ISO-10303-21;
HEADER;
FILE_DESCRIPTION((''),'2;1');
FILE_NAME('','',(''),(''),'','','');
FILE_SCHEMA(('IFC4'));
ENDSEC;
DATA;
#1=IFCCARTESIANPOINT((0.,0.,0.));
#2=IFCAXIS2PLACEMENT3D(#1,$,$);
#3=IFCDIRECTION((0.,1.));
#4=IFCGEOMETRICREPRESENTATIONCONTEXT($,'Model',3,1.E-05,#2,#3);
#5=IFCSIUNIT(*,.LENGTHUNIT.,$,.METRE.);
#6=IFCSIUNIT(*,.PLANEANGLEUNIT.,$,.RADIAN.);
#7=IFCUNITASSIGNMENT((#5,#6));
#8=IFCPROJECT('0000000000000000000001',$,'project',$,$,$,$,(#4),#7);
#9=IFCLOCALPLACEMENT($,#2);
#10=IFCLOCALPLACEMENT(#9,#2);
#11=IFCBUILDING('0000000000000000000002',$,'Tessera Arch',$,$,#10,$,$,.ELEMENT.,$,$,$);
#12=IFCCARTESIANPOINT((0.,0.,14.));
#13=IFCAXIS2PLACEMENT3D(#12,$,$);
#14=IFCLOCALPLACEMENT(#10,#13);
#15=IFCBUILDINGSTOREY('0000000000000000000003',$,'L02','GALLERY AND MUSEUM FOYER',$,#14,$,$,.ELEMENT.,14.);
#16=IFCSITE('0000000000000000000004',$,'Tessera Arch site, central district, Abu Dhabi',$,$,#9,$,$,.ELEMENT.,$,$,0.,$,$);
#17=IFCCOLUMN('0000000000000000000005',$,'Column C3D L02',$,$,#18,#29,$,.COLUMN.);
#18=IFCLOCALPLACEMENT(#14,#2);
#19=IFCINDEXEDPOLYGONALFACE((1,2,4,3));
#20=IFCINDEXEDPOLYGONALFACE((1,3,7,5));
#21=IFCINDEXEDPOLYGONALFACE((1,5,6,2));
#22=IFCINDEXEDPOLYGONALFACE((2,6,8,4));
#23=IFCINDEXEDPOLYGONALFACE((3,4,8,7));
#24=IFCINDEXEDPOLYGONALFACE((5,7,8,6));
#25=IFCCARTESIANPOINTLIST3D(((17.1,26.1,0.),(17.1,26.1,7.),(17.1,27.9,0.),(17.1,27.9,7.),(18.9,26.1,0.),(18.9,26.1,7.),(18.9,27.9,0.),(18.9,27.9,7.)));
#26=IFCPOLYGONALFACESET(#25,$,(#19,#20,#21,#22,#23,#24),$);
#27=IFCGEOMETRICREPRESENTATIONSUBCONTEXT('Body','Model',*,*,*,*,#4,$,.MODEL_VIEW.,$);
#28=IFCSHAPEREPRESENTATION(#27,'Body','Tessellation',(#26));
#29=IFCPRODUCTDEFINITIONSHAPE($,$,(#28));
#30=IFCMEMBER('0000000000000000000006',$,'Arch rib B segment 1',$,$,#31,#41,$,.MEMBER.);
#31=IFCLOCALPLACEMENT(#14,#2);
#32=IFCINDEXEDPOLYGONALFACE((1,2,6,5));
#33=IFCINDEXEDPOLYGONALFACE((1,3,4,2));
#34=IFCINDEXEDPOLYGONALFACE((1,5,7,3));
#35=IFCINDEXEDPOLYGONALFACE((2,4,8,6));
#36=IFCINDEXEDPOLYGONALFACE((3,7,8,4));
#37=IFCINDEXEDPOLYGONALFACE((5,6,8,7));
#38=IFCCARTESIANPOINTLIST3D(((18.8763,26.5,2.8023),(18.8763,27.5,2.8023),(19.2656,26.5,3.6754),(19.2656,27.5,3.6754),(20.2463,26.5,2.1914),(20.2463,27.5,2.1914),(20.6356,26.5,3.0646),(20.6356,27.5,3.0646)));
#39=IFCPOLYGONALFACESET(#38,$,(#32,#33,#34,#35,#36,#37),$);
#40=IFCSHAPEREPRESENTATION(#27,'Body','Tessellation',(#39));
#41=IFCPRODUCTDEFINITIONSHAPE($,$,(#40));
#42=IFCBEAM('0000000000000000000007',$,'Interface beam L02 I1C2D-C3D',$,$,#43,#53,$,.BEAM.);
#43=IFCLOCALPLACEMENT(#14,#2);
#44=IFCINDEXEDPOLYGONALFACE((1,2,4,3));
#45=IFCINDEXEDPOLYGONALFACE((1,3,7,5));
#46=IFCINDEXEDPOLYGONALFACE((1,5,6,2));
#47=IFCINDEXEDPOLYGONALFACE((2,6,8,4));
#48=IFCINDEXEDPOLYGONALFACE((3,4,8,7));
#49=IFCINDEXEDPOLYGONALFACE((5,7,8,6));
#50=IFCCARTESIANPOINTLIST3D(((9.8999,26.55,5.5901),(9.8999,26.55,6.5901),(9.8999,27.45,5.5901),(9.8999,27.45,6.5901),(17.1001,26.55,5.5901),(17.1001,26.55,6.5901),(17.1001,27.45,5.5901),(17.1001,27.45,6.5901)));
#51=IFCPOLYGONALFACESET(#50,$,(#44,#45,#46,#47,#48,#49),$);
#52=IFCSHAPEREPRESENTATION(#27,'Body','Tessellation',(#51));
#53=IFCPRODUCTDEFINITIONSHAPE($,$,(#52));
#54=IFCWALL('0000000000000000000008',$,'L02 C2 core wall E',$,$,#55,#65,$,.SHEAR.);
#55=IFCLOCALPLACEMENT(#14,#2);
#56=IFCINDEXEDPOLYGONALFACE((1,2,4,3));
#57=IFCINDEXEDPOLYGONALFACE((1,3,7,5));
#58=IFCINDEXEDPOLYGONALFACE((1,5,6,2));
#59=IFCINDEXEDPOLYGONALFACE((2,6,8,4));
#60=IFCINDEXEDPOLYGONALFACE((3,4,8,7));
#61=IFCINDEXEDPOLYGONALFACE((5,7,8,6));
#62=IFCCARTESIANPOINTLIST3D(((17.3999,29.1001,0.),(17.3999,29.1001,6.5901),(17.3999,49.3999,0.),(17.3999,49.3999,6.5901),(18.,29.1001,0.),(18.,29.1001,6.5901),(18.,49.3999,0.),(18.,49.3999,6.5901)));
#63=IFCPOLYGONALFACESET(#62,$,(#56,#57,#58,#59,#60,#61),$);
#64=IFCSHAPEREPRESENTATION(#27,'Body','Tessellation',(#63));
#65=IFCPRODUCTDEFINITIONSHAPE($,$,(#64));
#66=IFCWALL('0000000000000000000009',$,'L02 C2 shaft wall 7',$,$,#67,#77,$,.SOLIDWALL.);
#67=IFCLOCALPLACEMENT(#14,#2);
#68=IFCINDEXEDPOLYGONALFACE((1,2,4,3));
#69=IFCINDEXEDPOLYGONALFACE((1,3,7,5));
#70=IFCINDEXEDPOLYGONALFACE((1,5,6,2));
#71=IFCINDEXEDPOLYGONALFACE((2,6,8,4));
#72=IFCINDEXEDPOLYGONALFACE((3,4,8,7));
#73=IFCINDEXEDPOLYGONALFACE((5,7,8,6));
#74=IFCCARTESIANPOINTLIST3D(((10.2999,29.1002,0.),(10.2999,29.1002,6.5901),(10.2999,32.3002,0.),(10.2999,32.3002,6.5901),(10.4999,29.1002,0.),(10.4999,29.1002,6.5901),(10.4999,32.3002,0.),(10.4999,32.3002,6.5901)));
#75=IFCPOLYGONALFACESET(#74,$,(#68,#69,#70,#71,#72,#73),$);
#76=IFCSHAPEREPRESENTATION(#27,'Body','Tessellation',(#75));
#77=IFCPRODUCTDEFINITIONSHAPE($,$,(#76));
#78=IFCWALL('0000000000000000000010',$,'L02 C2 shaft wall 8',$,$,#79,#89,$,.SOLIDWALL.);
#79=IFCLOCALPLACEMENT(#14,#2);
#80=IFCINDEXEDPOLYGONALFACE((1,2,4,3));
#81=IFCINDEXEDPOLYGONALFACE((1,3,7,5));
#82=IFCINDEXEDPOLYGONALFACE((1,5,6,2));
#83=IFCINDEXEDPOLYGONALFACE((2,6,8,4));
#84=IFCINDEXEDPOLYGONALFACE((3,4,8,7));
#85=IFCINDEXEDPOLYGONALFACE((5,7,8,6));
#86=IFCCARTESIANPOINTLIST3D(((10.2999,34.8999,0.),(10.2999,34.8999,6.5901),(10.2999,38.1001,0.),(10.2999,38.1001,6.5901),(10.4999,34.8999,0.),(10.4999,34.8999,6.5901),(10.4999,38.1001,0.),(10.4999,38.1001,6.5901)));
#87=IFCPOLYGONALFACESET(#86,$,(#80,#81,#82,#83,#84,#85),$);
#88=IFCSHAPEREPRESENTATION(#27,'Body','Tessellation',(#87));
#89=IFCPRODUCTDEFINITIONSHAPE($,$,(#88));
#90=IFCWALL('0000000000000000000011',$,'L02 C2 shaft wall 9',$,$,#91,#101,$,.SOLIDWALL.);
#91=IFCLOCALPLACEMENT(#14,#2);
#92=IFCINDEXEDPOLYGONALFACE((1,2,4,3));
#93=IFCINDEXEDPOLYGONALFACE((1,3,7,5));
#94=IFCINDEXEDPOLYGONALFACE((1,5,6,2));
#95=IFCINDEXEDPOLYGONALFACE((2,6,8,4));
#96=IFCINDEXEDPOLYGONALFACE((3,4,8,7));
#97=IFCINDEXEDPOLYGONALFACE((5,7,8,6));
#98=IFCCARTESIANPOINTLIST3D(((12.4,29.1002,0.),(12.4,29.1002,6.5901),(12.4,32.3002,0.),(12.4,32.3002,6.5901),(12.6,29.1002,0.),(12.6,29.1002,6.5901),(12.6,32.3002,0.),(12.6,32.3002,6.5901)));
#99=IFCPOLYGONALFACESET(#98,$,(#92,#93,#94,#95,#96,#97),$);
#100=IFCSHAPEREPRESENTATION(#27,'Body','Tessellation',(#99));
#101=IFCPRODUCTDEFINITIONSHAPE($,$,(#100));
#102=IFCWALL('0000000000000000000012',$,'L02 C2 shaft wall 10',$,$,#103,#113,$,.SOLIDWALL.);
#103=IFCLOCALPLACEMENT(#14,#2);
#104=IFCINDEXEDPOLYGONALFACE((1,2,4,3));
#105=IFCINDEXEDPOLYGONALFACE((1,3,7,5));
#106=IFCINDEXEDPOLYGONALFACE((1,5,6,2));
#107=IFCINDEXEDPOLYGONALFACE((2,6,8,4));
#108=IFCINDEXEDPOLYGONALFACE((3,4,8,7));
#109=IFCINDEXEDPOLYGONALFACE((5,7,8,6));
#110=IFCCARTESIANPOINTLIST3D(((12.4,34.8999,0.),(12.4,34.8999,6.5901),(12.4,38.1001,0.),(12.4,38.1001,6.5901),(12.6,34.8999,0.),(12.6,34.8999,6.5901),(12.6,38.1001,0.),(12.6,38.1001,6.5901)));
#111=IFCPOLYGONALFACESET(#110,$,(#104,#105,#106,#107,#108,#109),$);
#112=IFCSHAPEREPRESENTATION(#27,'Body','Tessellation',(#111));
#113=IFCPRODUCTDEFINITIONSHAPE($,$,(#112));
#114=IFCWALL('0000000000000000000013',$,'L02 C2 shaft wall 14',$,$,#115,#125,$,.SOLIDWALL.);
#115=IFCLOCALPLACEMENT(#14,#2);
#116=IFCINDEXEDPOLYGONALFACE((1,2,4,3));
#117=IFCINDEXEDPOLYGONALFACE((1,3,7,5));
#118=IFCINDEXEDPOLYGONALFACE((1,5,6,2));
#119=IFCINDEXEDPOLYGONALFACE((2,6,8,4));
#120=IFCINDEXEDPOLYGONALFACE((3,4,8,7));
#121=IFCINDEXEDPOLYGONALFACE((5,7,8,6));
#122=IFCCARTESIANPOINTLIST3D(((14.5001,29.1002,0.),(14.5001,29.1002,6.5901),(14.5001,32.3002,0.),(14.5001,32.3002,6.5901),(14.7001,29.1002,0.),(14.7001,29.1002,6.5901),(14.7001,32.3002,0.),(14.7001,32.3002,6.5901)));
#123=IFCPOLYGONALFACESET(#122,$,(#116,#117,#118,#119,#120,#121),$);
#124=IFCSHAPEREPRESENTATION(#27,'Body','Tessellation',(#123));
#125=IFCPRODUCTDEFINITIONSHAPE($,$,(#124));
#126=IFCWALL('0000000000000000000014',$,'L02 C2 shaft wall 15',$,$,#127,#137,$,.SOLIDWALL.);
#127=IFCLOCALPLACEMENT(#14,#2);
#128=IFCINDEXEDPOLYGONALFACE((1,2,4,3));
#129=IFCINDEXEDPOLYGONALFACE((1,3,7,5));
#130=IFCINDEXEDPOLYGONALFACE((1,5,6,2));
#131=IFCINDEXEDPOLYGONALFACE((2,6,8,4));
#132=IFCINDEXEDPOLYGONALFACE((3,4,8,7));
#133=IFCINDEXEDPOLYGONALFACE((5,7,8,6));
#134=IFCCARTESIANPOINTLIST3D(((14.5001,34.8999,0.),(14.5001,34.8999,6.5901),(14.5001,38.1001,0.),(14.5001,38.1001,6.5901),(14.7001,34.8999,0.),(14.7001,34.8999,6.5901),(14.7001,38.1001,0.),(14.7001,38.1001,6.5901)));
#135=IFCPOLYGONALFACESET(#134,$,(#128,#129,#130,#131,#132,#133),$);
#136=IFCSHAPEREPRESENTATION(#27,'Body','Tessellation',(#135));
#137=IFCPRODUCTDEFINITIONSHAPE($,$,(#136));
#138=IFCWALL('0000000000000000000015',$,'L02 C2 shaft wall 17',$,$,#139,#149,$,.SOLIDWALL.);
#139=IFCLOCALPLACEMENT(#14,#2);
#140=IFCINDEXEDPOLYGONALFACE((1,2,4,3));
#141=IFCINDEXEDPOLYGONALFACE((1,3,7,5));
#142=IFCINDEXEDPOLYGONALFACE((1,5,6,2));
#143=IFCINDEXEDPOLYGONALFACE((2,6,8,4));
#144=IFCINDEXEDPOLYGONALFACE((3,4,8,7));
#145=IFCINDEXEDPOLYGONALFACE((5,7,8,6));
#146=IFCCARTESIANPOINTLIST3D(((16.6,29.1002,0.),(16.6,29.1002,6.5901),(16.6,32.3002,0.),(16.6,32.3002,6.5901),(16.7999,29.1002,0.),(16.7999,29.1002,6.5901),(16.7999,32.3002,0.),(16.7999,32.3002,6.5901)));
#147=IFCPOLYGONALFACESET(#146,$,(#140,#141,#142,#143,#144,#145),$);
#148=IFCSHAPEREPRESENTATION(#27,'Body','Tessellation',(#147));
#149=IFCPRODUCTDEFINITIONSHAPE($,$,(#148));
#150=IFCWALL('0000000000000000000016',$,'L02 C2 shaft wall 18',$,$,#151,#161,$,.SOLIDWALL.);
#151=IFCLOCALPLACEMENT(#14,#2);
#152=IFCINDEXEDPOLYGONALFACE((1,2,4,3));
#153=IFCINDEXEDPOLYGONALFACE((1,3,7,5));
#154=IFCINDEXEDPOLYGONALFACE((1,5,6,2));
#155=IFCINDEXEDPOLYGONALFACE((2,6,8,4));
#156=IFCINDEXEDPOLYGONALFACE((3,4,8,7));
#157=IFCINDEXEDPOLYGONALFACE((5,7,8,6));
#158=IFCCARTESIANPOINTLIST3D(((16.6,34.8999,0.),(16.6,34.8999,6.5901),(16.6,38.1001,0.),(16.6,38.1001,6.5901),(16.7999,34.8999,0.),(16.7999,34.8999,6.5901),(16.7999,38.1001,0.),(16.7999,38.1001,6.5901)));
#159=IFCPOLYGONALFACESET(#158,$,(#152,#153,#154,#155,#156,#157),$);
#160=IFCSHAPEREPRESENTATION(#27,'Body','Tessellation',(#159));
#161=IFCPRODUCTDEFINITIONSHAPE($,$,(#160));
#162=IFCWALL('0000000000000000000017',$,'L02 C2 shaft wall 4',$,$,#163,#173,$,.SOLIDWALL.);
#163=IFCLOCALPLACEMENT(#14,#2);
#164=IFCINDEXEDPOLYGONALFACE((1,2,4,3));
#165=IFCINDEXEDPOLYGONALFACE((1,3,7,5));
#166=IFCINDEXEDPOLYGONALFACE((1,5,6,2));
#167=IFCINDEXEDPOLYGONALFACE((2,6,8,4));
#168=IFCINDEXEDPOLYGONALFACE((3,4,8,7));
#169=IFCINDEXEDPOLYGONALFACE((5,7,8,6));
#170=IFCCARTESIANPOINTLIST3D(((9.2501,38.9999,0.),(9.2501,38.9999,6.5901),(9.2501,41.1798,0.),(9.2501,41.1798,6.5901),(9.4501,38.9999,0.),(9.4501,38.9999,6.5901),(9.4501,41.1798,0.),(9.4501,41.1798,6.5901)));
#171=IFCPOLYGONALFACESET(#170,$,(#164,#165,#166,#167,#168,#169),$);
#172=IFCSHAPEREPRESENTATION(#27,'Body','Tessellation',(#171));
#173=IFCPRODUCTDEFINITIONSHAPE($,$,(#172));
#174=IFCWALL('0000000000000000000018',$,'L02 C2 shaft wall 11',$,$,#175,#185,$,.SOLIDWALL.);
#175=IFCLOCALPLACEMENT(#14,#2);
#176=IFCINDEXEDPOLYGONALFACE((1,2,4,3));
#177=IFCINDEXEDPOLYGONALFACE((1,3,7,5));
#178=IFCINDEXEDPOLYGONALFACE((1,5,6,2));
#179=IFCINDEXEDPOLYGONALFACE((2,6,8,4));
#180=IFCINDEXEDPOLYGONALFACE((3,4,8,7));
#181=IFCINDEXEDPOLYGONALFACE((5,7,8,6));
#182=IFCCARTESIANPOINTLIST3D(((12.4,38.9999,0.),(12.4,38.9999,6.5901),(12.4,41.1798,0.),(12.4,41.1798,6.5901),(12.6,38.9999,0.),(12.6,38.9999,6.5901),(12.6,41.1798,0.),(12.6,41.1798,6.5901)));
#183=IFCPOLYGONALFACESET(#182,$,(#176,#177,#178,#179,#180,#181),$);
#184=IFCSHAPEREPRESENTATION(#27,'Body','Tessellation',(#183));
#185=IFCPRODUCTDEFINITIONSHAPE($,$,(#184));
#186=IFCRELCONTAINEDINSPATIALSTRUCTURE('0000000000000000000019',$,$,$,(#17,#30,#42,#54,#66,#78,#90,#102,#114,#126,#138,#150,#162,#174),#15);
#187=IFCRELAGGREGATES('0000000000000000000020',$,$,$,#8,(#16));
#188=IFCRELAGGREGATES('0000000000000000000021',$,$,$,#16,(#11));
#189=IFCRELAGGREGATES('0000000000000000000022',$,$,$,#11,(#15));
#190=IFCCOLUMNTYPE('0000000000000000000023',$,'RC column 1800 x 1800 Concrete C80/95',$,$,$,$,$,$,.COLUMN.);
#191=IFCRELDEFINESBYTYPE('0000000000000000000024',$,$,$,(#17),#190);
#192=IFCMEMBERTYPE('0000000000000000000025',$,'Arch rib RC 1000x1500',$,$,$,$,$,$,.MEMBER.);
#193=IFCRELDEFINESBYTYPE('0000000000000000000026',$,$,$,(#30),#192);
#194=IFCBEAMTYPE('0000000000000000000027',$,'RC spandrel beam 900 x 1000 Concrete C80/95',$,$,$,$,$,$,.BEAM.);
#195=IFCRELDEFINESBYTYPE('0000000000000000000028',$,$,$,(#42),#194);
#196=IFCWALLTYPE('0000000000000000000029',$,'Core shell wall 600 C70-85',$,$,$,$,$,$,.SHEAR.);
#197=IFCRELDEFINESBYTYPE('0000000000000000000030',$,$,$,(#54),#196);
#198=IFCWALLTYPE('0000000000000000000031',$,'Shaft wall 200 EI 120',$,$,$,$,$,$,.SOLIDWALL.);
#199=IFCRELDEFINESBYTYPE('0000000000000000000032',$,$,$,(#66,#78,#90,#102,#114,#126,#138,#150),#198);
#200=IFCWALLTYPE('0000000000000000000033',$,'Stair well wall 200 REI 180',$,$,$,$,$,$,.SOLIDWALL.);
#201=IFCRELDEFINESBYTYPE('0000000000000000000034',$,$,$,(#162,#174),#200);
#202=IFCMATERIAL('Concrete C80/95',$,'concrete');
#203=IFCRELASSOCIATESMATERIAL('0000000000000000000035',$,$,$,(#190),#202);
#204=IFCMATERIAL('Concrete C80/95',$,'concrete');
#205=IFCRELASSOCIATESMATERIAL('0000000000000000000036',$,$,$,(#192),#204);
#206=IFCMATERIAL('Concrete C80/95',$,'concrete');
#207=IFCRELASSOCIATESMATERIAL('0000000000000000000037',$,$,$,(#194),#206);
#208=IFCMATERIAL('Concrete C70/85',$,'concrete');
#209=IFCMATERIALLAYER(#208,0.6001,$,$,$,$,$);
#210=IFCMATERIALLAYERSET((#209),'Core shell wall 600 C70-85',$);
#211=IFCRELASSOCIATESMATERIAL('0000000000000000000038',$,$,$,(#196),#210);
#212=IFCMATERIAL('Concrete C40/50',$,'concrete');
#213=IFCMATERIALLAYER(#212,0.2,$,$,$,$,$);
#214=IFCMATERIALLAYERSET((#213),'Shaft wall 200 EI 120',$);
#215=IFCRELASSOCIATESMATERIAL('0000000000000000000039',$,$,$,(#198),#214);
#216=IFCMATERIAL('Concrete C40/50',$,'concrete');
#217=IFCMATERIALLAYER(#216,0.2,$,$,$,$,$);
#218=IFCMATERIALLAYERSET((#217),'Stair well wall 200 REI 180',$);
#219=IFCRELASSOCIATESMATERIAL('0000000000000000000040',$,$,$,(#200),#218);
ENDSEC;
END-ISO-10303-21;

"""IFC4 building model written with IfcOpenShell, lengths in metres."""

from ifc_helpers import new_model, si_unit, direction, frame, frame_2d, origin, origin_2d, place, context, subcontext, project, spatial, rectangle, extrude, material, layer, layer_set, material_profile, profile_set, type_object, element, save


model = new_model("IFC4")

# Units and contexts
model_context = context("Model", 3, precision=1e-05, world=origin(), true_north=direction((0.0, 1.0)))
body_context = subcontext(model_context, "Body", "Model", "MODEL_VIEW")
ifc_project = project(units=[si_unit("LENGTHUNIT", "METRE"), si_unit("PLANEANGLEUNIT", "RADIAN")], contexts=[model_context])

# Site, building, storey
site_placement = place(None, origin())
site = spatial("IfcSite", under=ifc_project, at=site_placement, Name="Tessera Arch site, central district, Abu Dhabi", CompositionType="ELEMENT", RefElevation=0.0)
building_placement = place(site_placement, origin())
building = spatial("IfcBuilding", under=site, at=building_placement, Name="Tessera Arch", CompositionType="ELEMENT")
storey_placement = place(building_placement, frame((0.0, 0.0, 14.0)))
storey = spatial("IfcBuildingStorey", under=building, at=storey_placement, Name="L02", Description="GALLERY AND MUSEUM FOYER", CompositionType="ELEMENT", Elevation=14.0)

# Column
ifc_material_1 = material(Name="Concrete C80/95", Category="concrete")
ifc_material_profile_1 = material_profile(ifc_material_1, rectangle(XDim=1.8, YDim=1.8, at=origin_2d()), Name="RC column 1800 x 1800 Concrete C80/95")
ifc_profile_set_1 = profile_set([ifc_material_profile_1], Name="Concrete C80/95")
column_type = type_object("IfcColumnType", Name="RC column 1800 x 1800 Concrete C80/95", PredefinedType="COLUMN", material=ifc_profile_set_1)
column_placement = place(storey_placement, frame((18.0, 27.0, 0.0), z_axis=(0.0, 0.0, 1.0), x_axis=(1.0, 0.0, 0.0)))
element("IfcColumn", 1, at=column_placement, inside=storey, type_object=column_type, Name="Column C3D L02", PredefinedType="COLUMN", context=body_context, shape_type="SweptSolid", body=[
    extrude(rectangle(XDim=1.8, YDim=1.8, at=origin_2d()), origin(), (0.0, 0.0, 1.0), 7.0),
])

# Member
ifc_material_2 = material(Name="Concrete C80/95", Category="concrete")
ifc_material_profile_2 = material_profile(ifc_material_2, rectangle(XDim=1.0, YDim=1.5, at=origin_2d()), Name="RC 1000x1500")
ifc_profile_set_2 = profile_set([ifc_material_profile_2], Name="Concrete C80/95")
member_type = type_object("IfcMemberType", Name="Arch rib RC 1000x1500", PredefinedType="MEMBER", material=ifc_profile_set_2)
member_placement = place(storey_placement, frame((19.5613, 27.0, 2.4968), z_axis=(0.407252, 0.0, 0.913316), x_axis=(0.0, 1.0, 0.0)))
element("IfcMember", 2, at=member_placement, inside=storey, type_object=member_type, Name="Arch rib B segment 1", PredefinedType="MEMBER", context=body_context, shape_type="SweptSolid", body=[
    extrude(rectangle(XDim=1.0, YDim=1.5, at=origin_2d()), origin(), (0.0, 0.0, 1.0), 0.9561),
])

# Beam
ifc_material_3 = material(Name="Concrete C80/95", Category="concrete")
ifc_material_profile_3 = material_profile(ifc_material_3, rectangle(XDim=0.8999, YDim=1.0, at=origin_2d()), Name="RC spandrel beam 900 x 1000 Concrete C80/95")
ifc_profile_set_3 = profile_set([ifc_material_profile_3], Name="Concrete C80/95")
beam_type = type_object("IfcBeamType", Name="RC spandrel beam 900 x 1000 Concrete C80/95", PredefinedType="BEAM", material=ifc_profile_set_3)
beam_placement = place(storey_placement, frame((9.8999, 27.0, 6.0901), z_axis=(1.0, 0.0, 0.0), x_axis=(0.0, 1.0, 0.0)))
element("IfcBeam", 3, at=beam_placement, inside=storey, type_object=beam_type, Name="Interface beam L02 I1C2D-C3D", PredefinedType="BEAM", context=body_context, shape_type="SweptSolid", body=[
    extrude(rectangle(XDim=0.8999, YDim=1.0, at=origin_2d()), origin(), (0.0, 0.0, 1.0), 7.2002),
])

# Walls
ifc_material_4 = material(Name="Concrete C70/85", Category="concrete")
ifc_layer_1 = layer(ifc_material_4, 0.6001)
ifc_layer_set_1 = layer_set([ifc_layer_1], Name="Core shell wall 600 C70-85")
wall_type_1 = type_object("IfcWallType", Name="Core shell wall 600 C70-85", PredefinedType="SHEAR", material=ifc_layer_set_1)
wall_1_placement = place(storey_placement, frame((17.7, 29.1001, 0.0), z_axis=(0.0, 0.0, 1.0), x_axis=(0.0, 1.0, 0.0)))
element("IfcWall", 4, at=wall_1_placement, inside=storey, type_object=wall_type_1, Name="L02 C2 core wall E", PredefinedType="SHEAR", context=body_context, shape_type="SweptSolid", body=[
    extrude(rectangle(XDim=20.2998, YDim=0.6001, at=frame_2d((10.1499, 0.0))), origin(), (0.0, 0.0, 1.0), 6.5901),
])
ifc_material_5 = material(Name="Concrete C40/50", Category="concrete")
ifc_layer_2 = layer(ifc_material_5, 0.2)
ifc_layer_set_2 = layer_set([ifc_layer_2], Name="Shaft wall 200 EI 120")
wall_type_2 = type_object("IfcWallType", Name="Shaft wall 200 EI 120", PredefinedType="SOLIDWALL", material=ifc_layer_set_2)
wall_2_placement = place(storey_placement, frame((10.3999, 29.1001, 0.0), z_axis=(0.0, 0.0, 1.0), x_axis=(0.0, 1.0, 0.0)))
element("IfcWall", 5, at=wall_2_placement, inside=storey, type_object=wall_type_2, Name="L02 C2 shaft wall 7", PredefinedType="SOLIDWALL", context=body_context, shape_type="SweptSolid", body=[
    extrude(rectangle(XDim=3.2, YDim=0.2, at=frame_2d((1.6001, 0.0))), origin(), (0.0, 0.0, 1.0), 6.5901),
])
wall_3_placement = place(storey_placement, frame((10.3999, 34.8999, 0.0), z_axis=(0.0, 0.0, 1.0), x_axis=(0.0, 1.0, 0.0)))
element("IfcWall", 6, at=wall_3_placement, inside=storey, type_object=wall_type_2, Name="L02 C2 shaft wall 8", PredefinedType="SOLIDWALL", context=body_context, shape_type="SweptSolid", body=[
    extrude(rectangle(XDim=3.2002, YDim=0.2, at=frame_2d((1.6001, 0.0))), origin(), (0.0, 0.0, 1.0), 6.5901),
])
wall_4_placement = place(storey_placement, frame((12.5, 29.1001, 0.0), z_axis=(0.0, 0.0, 1.0), x_axis=(0.0, 1.0, 0.0)))
element("IfcWall", 7, at=wall_4_placement, inside=storey, type_object=wall_type_2, Name="L02 C2 shaft wall 9", PredefinedType="SOLIDWALL", context=body_context, shape_type="SweptSolid", body=[
    extrude(rectangle(XDim=3.2, YDim=0.2, at=frame_2d((1.6001, 0.0))), origin(), (0.0, 0.0, 1.0), 6.5901),
])
wall_5_placement = place(storey_placement, frame((12.5, 34.8999, 0.0), z_axis=(0.0, 0.0, 1.0), x_axis=(0.0, 1.0, 0.0)))
element("IfcWall", 8, at=wall_5_placement, inside=storey, type_object=wall_type_2, Name="L02 C2 shaft wall 10", PredefinedType="SOLIDWALL", context=body_context, shape_type="SweptSolid", body=[
    extrude(rectangle(XDim=3.2002, YDim=0.2, at=frame_2d((1.6001, 0.0))), origin(), (0.0, 0.0, 1.0), 6.5901),
])
wall_6_placement = place(storey_placement, frame((14.6001, 29.1001, 0.0), z_axis=(0.0, 0.0, 1.0), x_axis=(0.0, 1.0, 0.0)))
element("IfcWall", 9, at=wall_6_placement, inside=storey, type_object=wall_type_2, Name="L02 C2 shaft wall 14", PredefinedType="SOLIDWALL", context=body_context, shape_type="SweptSolid", body=[
    extrude(rectangle(XDim=3.2, YDim=0.2, at=frame_2d((1.6001, 0.0))), origin(), (0.0, 0.0, 1.0), 6.5901),
])
wall_7_placement = place(storey_placement, frame((14.6001, 34.8999, 0.0), z_axis=(0.0, 0.0, 1.0), x_axis=(0.0, 1.0, 0.0)))
element("IfcWall", 10, at=wall_7_placement, inside=storey, type_object=wall_type_2, Name="L02 C2 shaft wall 15", PredefinedType="SOLIDWALL", context=body_context, shape_type="SweptSolid", body=[
    extrude(rectangle(XDim=3.2002, YDim=0.2, at=frame_2d((1.6001, 0.0))), origin(), (0.0, 0.0, 1.0), 6.5901),
])
wall_8_placement = place(storey_placement, frame((16.7, 29.1001, 0.0), z_axis=(0.0, 0.0, 1.0), x_axis=(0.0, 1.0, 0.0)))
element("IfcWall", 11, at=wall_8_placement, inside=storey, type_object=wall_type_2, Name="L02 C2 shaft wall 17", PredefinedType="SOLIDWALL", context=body_context, shape_type="SweptSolid", body=[
    extrude(rectangle(XDim=3.2, YDim=0.2, at=frame_2d((1.6001, 0.0))), origin(), (0.0, 0.0, 1.0), 6.5901),
])
wall_9_placement = place(storey_placement, frame((16.7, 34.8999, 0.0), z_axis=(0.0, 0.0, 1.0), x_axis=(0.0, 1.0, 0.0)))
element("IfcWall", 12, at=wall_9_placement, inside=storey, type_object=wall_type_2, Name="L02 C2 shaft wall 18", PredefinedType="SOLIDWALL", context=body_context, shape_type="SweptSolid", body=[
    extrude(rectangle(XDim=3.2002, YDim=0.2, at=frame_2d((1.6001, 0.0))), origin(), (0.0, 0.0, 1.0), 6.5901),
])
ifc_material_6 = material(Name="Concrete C40/50", Category="concrete")
ifc_layer_3 = layer(ifc_material_6, 0.2)
ifc_layer_set_3 = layer_set([ifc_layer_3], Name="Stair well wall 200 REI 180")
wall_type_3 = type_object("IfcWallType", Name="Stair well wall 200 REI 180", PredefinedType="SOLIDWALL", material=ifc_layer_set_3)
for number, where, z_axis, x_axis, name in (
    (13, (9.3501, 39.0, 0.0), (0.0, 0.0, 1.0), (0.0, 1.0, 0.0), "L02 C2 shaft wall 4"),
    (14, (12.5, 39.0, 0.0), (0.0, 0.0, 1.0), (0.0, 1.0, 0.0), "L02 C2 shaft wall 11"),
):
    element("IfcWall", number, at=place(storey_placement, frame(where, z_axis=z_axis, x_axis=x_axis)), inside=storey, type_object=wall_type_3, Name=name, PredefinedType="SOLIDWALL", context=body_context, shape_type="SweptSolid", body=[
        extrude(rectangle(XDim=2.1799, YDim=0.2, at=frame_2d((1.0898, 0.0))), origin(), (0.0, 0.0, 1.0), 6.5901),
    ])

save(model, "model.ifc")
